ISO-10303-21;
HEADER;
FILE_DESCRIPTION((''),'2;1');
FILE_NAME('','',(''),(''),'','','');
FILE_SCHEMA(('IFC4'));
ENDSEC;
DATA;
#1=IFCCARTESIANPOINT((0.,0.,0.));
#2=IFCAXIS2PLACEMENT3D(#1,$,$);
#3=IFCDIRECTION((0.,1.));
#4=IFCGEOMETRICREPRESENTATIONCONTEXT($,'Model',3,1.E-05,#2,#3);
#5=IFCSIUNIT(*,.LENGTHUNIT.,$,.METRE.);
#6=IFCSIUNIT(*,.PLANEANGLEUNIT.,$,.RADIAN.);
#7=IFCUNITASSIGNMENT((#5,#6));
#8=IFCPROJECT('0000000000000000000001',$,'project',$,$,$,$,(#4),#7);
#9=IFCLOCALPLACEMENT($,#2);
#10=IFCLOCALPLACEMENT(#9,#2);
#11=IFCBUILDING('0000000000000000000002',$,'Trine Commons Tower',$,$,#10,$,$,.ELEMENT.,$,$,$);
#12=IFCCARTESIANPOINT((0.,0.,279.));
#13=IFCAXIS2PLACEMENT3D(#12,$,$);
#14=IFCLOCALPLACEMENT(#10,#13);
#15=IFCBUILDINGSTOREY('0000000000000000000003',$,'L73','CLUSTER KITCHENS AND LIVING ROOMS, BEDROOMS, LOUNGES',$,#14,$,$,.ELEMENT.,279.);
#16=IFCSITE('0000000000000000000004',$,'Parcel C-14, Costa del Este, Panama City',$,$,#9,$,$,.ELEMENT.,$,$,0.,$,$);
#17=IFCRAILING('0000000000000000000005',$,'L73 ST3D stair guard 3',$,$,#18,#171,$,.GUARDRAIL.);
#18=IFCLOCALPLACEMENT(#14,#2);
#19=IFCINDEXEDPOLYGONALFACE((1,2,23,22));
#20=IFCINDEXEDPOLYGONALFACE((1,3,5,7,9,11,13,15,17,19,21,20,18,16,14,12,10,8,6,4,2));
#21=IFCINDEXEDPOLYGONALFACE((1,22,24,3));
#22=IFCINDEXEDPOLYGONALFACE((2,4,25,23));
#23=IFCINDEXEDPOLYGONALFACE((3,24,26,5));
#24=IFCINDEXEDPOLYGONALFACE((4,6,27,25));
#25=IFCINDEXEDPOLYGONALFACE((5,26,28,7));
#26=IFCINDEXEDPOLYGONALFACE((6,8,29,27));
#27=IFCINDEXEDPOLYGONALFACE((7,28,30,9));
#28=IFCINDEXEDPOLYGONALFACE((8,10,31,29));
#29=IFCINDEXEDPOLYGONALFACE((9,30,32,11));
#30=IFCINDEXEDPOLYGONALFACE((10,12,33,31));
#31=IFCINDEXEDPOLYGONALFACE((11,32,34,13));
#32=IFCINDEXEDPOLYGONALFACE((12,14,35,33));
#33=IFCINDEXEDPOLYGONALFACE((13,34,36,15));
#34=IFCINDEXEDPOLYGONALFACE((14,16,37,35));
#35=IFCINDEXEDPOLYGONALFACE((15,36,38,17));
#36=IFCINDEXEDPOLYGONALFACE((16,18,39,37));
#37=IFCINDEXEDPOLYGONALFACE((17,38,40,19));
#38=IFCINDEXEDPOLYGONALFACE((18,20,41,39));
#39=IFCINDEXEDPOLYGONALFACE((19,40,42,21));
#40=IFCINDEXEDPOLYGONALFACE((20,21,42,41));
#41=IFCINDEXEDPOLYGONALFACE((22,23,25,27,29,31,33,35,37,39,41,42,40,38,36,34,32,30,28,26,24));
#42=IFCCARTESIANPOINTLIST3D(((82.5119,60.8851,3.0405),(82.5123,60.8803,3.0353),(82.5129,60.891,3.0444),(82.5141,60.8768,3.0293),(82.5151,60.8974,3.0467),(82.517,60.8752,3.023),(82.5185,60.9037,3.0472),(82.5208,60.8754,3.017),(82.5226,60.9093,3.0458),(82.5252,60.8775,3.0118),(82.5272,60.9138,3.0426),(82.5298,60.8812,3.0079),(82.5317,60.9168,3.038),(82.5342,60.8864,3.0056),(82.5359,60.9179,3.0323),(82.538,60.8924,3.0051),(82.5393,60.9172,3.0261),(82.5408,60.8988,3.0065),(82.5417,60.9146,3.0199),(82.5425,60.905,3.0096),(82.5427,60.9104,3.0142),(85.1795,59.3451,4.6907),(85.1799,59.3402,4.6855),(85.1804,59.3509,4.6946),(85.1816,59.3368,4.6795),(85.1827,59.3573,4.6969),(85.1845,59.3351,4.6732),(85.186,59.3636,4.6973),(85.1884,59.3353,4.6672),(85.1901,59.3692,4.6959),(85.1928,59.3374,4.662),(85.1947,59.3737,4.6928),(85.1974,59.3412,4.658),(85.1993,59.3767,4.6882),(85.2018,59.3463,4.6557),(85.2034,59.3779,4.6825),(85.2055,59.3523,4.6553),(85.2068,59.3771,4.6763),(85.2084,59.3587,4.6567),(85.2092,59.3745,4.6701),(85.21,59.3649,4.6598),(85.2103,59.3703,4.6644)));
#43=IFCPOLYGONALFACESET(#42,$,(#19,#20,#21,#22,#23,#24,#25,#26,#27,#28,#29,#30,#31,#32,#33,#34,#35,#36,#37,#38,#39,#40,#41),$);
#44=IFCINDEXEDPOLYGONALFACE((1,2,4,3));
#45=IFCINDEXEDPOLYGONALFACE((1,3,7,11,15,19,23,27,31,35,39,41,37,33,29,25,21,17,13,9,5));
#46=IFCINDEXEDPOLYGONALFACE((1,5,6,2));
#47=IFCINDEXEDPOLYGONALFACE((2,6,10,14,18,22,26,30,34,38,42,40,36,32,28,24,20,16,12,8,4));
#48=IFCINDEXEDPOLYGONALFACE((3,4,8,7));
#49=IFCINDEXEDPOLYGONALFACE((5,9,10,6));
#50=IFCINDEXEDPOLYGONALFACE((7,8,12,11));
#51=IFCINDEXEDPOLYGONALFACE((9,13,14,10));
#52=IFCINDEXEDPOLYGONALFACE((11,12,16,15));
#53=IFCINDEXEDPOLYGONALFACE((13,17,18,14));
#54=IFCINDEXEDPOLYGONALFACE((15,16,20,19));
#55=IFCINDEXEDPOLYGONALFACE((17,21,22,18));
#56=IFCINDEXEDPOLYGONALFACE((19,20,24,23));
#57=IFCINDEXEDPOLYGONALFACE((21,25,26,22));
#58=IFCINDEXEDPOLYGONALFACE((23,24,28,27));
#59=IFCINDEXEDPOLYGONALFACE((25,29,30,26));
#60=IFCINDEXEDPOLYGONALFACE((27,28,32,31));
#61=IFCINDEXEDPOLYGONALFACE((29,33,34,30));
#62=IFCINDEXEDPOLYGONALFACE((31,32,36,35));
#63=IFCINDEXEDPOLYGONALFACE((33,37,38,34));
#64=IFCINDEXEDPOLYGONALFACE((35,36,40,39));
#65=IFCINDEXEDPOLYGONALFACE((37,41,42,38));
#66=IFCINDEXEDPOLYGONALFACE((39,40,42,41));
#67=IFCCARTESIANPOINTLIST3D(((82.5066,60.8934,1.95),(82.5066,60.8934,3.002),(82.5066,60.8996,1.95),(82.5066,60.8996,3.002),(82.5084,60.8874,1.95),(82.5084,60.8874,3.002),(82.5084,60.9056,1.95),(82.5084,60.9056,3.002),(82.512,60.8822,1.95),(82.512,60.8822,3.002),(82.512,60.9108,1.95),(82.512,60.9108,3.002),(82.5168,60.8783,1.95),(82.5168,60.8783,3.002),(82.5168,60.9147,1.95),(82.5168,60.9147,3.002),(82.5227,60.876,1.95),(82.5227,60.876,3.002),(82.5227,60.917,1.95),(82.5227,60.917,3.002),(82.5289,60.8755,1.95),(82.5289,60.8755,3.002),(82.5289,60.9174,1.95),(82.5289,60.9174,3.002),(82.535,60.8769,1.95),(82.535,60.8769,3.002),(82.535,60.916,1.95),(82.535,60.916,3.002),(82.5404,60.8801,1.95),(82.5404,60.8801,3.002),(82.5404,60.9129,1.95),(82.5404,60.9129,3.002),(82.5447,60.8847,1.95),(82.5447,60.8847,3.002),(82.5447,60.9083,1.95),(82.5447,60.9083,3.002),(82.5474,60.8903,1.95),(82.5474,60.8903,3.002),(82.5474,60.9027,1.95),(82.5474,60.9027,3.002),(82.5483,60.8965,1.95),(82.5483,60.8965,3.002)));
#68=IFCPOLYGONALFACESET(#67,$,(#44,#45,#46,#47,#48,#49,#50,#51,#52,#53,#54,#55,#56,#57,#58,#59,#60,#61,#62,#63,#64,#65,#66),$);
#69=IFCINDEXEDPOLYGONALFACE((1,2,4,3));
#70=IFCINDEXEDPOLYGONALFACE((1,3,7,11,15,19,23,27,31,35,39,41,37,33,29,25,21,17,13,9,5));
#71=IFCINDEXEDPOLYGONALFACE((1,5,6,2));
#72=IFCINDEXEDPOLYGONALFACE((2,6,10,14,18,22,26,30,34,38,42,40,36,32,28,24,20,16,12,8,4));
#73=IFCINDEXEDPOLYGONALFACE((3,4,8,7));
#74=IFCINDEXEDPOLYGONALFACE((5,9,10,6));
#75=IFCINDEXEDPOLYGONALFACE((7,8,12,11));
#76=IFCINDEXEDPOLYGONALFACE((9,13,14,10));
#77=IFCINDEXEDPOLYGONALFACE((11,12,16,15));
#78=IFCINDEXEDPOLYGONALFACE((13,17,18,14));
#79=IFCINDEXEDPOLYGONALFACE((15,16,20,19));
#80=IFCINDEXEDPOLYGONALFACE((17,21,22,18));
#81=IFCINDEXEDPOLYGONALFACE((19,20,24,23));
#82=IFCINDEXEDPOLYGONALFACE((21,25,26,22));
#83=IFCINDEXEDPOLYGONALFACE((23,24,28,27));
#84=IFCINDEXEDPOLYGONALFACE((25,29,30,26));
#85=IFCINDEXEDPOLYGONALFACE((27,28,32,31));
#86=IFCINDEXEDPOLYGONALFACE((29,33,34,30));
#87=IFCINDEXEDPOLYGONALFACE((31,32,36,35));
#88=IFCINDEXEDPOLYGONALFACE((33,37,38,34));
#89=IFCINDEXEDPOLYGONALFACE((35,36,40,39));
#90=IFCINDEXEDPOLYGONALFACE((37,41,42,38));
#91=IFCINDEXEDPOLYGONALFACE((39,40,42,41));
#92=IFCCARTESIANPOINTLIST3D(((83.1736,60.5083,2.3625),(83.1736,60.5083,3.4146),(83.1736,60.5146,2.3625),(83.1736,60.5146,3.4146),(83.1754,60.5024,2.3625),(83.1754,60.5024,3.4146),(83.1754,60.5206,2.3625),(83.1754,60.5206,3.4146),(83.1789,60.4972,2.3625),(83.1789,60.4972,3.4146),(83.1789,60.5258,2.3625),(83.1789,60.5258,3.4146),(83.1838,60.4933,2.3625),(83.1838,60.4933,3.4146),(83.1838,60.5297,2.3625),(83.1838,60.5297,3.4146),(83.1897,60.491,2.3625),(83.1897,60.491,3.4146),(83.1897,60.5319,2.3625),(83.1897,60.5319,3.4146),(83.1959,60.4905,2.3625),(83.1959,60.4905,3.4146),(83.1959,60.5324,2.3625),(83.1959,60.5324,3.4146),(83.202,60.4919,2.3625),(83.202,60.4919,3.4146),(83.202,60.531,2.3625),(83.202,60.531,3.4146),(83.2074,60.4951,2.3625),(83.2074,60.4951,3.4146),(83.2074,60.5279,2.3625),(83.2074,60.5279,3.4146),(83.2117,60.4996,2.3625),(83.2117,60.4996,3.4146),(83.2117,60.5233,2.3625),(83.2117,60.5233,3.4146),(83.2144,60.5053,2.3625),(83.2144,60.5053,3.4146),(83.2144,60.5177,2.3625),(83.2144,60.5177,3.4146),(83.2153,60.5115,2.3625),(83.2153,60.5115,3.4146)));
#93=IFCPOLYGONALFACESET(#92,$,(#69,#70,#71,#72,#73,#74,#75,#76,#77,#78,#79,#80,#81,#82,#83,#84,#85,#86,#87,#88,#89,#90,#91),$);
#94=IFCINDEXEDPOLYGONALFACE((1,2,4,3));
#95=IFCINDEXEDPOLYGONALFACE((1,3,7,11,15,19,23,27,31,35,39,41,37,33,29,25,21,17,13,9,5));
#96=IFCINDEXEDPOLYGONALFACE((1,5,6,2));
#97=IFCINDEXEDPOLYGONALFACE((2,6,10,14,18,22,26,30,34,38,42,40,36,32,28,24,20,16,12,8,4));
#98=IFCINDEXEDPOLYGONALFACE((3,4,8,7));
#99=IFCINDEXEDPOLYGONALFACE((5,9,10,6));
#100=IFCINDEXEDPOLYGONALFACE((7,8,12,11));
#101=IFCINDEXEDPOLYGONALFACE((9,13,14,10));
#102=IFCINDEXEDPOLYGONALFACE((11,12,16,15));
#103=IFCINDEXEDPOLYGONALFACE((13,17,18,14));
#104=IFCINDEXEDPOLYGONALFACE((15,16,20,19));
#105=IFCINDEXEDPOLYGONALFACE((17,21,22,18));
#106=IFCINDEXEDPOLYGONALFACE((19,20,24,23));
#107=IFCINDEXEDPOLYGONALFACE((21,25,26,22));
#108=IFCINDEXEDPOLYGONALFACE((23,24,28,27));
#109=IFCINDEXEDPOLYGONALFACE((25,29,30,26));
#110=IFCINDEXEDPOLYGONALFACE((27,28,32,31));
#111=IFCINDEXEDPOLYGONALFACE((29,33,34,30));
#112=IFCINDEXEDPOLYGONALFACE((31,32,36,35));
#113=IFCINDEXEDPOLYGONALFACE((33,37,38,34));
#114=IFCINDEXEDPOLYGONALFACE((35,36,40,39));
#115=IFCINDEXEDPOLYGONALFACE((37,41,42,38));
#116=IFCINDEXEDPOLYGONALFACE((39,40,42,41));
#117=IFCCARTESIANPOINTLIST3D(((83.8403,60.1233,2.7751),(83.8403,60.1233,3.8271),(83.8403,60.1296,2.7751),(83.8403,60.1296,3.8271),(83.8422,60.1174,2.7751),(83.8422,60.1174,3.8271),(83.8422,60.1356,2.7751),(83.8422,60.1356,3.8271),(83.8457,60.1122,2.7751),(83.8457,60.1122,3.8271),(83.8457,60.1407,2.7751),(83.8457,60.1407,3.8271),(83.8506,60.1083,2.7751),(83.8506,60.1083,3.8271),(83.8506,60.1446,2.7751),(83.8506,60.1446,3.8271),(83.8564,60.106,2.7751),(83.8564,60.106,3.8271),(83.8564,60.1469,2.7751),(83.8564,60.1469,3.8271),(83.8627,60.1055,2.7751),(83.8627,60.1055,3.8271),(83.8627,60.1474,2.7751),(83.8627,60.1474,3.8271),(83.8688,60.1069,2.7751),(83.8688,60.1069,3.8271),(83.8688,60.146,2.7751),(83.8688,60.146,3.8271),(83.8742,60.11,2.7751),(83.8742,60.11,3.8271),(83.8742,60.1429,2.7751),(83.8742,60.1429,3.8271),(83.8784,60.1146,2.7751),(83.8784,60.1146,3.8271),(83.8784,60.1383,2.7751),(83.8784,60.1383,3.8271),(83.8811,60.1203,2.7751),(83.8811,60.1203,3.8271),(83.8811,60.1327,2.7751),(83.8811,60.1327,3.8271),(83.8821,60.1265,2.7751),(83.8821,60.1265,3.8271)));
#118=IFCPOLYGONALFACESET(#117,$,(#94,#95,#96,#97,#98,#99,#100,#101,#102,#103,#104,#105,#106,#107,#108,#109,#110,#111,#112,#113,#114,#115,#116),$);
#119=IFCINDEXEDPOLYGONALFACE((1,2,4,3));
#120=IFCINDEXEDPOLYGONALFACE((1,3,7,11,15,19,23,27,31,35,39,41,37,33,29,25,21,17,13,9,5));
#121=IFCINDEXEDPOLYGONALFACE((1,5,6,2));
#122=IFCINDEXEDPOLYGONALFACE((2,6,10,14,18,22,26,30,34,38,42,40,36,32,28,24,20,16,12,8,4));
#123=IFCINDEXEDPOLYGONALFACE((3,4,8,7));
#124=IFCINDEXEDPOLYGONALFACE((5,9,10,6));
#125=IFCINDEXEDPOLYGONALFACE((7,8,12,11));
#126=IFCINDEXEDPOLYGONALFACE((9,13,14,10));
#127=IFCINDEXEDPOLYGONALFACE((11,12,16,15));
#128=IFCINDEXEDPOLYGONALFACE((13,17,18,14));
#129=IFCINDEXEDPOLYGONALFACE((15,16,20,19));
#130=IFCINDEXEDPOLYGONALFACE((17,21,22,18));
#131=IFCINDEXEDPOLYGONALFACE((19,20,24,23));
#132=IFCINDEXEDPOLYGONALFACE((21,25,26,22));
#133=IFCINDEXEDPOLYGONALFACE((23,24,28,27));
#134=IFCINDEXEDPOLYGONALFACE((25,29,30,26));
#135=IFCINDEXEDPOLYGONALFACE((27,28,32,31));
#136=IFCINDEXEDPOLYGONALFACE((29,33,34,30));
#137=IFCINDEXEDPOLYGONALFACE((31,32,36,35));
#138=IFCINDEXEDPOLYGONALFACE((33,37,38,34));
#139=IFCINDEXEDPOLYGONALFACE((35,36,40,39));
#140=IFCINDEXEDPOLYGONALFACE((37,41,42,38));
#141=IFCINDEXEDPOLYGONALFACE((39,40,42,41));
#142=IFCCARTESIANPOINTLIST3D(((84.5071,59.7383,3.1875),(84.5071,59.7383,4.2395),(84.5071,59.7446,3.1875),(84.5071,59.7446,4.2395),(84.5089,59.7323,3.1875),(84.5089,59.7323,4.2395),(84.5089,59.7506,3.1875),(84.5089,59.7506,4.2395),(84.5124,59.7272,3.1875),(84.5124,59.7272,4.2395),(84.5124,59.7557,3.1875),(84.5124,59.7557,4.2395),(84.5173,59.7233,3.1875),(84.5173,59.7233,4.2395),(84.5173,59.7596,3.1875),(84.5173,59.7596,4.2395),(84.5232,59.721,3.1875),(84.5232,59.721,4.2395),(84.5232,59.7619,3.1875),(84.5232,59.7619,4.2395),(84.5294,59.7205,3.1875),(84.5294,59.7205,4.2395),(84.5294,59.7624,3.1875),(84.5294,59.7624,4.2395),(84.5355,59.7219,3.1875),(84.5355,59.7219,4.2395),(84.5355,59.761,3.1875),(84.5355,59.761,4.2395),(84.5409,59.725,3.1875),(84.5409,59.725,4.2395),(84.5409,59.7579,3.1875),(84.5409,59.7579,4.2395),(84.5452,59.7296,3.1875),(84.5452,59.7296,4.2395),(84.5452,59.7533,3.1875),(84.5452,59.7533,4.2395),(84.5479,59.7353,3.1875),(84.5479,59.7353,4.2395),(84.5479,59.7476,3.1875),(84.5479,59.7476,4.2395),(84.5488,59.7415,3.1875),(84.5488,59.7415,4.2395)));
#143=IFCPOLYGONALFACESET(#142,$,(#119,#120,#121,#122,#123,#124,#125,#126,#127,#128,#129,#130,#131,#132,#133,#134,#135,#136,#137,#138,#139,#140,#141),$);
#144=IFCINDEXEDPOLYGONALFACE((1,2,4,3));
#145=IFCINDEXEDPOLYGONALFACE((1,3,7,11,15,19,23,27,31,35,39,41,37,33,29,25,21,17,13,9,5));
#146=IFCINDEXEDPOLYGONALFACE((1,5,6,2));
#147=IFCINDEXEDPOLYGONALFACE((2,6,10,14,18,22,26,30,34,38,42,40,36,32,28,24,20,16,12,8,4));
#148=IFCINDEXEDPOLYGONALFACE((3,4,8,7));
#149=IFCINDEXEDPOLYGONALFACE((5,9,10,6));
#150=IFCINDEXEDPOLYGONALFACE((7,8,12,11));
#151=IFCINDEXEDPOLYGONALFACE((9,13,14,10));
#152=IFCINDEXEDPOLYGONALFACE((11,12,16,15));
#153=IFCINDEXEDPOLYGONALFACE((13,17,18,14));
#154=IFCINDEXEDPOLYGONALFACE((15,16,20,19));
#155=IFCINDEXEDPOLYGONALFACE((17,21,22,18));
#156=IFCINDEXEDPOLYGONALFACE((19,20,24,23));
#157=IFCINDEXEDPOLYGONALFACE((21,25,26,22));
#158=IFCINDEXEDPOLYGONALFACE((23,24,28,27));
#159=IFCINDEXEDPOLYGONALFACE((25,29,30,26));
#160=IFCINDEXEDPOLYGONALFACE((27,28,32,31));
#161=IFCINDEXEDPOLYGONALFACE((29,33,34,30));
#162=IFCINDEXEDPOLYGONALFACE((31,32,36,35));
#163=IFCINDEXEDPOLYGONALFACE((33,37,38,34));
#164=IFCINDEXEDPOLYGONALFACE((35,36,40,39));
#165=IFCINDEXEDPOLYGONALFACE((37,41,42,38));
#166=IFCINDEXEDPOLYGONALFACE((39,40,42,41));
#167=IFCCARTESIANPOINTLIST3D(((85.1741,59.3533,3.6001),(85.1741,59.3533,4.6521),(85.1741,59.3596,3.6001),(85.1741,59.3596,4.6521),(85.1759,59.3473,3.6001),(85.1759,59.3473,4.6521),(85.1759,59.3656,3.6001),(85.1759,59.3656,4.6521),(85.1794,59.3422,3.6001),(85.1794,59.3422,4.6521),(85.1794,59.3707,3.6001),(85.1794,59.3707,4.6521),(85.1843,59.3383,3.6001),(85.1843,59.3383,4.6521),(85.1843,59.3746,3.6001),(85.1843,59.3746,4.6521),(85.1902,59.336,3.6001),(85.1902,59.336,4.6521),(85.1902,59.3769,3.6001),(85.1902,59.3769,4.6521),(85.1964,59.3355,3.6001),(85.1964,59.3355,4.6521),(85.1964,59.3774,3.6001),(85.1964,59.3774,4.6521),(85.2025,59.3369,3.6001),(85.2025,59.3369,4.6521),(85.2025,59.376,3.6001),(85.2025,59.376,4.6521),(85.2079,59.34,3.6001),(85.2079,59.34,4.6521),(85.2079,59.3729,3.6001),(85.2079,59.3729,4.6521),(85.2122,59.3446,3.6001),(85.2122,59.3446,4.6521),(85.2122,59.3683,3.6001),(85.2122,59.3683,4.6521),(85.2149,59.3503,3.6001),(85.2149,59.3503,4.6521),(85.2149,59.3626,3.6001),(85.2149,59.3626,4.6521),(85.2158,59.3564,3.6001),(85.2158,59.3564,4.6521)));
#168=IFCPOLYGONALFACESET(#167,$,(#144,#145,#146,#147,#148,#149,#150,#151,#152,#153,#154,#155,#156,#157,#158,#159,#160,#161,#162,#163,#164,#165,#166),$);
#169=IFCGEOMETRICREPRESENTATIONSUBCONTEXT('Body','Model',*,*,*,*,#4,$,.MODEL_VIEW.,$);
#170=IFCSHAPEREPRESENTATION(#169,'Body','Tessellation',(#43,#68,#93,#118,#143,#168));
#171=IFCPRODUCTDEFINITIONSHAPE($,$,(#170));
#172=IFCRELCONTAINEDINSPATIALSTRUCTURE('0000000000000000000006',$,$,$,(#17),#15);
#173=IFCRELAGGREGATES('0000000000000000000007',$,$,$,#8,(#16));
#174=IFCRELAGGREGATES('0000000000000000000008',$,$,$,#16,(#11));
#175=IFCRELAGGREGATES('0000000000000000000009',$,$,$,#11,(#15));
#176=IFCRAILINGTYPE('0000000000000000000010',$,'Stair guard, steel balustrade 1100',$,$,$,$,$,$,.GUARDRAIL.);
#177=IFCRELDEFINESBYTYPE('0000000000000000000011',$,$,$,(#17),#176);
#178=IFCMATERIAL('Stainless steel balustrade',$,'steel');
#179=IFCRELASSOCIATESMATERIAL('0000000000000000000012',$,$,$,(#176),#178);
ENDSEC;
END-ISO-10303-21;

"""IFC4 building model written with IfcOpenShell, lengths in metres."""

from ifc_helpers import new_model, si_unit, direction, frame, origin, origin_2d, place, context, subcontext, project, spatial, circle, extrude, material, type_object, element, save


model = new_model("IFC4")

# Units and contexts
model_context = context("Model", 3, precision=1e-05, world=origin(), true_north=direction((0.0, 1.0)))
body_context = subcontext(model_context, "Body", "Model", "MODEL_VIEW")
ifc_project = project(units=[si_unit("LENGTHUNIT", "METRE"), si_unit("PLANEANGLEUNIT", "RADIAN")], contexts=[model_context])

# Site, building, storey
site_placement = place(None, origin())
site = spatial("IfcSite", under=ifc_project, at=site_placement, Name="Parcel C-14, Costa del Este, Panama City", CompositionType="ELEMENT", RefElevation=0.0)
building_placement = place(site_placement, origin())
building = spatial("IfcBuilding", under=site, at=building_placement, Name="Trine Commons Tower", CompositionType="ELEMENT")
storey_placement = place(building_placement, frame((0.0, 0.0, 279.0)))
storey = spatial("IfcBuildingStorey", under=building, at=storey_placement, Name="L73", Description="CLUSTER KITCHENS AND LIVING ROOMS, BEDROOMS, LOUNGES", CompositionType="ELEMENT", Elevation=279.0)

# Railing
ifc_material_1 = material(Name="Stainless steel balustrade", Category="steel")
railing_type_1 = type_object("IfcRailingType", Name="Stair guard, steel balustrade 1100", PredefinedType="GUARDRAIL", material=ifc_material_1)
railing_1_placement = place(storey_placement, frame((82.5273, 60.8965, 1.95)))
element("IfcRailing", 1, at=railing_1_placement, inside=storey, type_object=railing_type_1, Name="L73 ST3D stair guard 3", PredefinedType="GUARDRAIL", context=body_context, shape_type="SweptSolid", body=[
    extrude(circle(Radius=0.0239, at=origin_2d()), frame((0.0, 0.0, 1.0762), z_axis=(0.76338, -0.440728, 0.472239), x_axis=(0.499992, 0.86603, 0.0)), (0.0, 0.0, 1.0), 3.4944),
    extrude(circle(Radius=0.021, at=origin_2d()), origin(), (0.0, 0.0, 1.0), 1.052),
    extrude(circle(Radius=0.021, at=origin_2d()), frame((0.667, -0.385, 0.4126)), (0.0, 0.0, 1.0), 1.052),
    extrude(circle(Radius=0.021, at=origin_2d()), frame((1.3337, -0.77, 0.8252)), (0.0, 0.0, 1.0), 1.052),
    extrude(circle(Radius=0.021, at=origin_2d()), frame((2.0005, -1.155, 1.2375)), (0.0, 0.0, 1.0), 1.052),
    extrude(circle(Radius=0.021, at=origin_2d()), frame((2.6675, -1.54, 1.6501)), (0.0, 0.0, 1.0), 1.052),
])

save(model, "model.ifc")
